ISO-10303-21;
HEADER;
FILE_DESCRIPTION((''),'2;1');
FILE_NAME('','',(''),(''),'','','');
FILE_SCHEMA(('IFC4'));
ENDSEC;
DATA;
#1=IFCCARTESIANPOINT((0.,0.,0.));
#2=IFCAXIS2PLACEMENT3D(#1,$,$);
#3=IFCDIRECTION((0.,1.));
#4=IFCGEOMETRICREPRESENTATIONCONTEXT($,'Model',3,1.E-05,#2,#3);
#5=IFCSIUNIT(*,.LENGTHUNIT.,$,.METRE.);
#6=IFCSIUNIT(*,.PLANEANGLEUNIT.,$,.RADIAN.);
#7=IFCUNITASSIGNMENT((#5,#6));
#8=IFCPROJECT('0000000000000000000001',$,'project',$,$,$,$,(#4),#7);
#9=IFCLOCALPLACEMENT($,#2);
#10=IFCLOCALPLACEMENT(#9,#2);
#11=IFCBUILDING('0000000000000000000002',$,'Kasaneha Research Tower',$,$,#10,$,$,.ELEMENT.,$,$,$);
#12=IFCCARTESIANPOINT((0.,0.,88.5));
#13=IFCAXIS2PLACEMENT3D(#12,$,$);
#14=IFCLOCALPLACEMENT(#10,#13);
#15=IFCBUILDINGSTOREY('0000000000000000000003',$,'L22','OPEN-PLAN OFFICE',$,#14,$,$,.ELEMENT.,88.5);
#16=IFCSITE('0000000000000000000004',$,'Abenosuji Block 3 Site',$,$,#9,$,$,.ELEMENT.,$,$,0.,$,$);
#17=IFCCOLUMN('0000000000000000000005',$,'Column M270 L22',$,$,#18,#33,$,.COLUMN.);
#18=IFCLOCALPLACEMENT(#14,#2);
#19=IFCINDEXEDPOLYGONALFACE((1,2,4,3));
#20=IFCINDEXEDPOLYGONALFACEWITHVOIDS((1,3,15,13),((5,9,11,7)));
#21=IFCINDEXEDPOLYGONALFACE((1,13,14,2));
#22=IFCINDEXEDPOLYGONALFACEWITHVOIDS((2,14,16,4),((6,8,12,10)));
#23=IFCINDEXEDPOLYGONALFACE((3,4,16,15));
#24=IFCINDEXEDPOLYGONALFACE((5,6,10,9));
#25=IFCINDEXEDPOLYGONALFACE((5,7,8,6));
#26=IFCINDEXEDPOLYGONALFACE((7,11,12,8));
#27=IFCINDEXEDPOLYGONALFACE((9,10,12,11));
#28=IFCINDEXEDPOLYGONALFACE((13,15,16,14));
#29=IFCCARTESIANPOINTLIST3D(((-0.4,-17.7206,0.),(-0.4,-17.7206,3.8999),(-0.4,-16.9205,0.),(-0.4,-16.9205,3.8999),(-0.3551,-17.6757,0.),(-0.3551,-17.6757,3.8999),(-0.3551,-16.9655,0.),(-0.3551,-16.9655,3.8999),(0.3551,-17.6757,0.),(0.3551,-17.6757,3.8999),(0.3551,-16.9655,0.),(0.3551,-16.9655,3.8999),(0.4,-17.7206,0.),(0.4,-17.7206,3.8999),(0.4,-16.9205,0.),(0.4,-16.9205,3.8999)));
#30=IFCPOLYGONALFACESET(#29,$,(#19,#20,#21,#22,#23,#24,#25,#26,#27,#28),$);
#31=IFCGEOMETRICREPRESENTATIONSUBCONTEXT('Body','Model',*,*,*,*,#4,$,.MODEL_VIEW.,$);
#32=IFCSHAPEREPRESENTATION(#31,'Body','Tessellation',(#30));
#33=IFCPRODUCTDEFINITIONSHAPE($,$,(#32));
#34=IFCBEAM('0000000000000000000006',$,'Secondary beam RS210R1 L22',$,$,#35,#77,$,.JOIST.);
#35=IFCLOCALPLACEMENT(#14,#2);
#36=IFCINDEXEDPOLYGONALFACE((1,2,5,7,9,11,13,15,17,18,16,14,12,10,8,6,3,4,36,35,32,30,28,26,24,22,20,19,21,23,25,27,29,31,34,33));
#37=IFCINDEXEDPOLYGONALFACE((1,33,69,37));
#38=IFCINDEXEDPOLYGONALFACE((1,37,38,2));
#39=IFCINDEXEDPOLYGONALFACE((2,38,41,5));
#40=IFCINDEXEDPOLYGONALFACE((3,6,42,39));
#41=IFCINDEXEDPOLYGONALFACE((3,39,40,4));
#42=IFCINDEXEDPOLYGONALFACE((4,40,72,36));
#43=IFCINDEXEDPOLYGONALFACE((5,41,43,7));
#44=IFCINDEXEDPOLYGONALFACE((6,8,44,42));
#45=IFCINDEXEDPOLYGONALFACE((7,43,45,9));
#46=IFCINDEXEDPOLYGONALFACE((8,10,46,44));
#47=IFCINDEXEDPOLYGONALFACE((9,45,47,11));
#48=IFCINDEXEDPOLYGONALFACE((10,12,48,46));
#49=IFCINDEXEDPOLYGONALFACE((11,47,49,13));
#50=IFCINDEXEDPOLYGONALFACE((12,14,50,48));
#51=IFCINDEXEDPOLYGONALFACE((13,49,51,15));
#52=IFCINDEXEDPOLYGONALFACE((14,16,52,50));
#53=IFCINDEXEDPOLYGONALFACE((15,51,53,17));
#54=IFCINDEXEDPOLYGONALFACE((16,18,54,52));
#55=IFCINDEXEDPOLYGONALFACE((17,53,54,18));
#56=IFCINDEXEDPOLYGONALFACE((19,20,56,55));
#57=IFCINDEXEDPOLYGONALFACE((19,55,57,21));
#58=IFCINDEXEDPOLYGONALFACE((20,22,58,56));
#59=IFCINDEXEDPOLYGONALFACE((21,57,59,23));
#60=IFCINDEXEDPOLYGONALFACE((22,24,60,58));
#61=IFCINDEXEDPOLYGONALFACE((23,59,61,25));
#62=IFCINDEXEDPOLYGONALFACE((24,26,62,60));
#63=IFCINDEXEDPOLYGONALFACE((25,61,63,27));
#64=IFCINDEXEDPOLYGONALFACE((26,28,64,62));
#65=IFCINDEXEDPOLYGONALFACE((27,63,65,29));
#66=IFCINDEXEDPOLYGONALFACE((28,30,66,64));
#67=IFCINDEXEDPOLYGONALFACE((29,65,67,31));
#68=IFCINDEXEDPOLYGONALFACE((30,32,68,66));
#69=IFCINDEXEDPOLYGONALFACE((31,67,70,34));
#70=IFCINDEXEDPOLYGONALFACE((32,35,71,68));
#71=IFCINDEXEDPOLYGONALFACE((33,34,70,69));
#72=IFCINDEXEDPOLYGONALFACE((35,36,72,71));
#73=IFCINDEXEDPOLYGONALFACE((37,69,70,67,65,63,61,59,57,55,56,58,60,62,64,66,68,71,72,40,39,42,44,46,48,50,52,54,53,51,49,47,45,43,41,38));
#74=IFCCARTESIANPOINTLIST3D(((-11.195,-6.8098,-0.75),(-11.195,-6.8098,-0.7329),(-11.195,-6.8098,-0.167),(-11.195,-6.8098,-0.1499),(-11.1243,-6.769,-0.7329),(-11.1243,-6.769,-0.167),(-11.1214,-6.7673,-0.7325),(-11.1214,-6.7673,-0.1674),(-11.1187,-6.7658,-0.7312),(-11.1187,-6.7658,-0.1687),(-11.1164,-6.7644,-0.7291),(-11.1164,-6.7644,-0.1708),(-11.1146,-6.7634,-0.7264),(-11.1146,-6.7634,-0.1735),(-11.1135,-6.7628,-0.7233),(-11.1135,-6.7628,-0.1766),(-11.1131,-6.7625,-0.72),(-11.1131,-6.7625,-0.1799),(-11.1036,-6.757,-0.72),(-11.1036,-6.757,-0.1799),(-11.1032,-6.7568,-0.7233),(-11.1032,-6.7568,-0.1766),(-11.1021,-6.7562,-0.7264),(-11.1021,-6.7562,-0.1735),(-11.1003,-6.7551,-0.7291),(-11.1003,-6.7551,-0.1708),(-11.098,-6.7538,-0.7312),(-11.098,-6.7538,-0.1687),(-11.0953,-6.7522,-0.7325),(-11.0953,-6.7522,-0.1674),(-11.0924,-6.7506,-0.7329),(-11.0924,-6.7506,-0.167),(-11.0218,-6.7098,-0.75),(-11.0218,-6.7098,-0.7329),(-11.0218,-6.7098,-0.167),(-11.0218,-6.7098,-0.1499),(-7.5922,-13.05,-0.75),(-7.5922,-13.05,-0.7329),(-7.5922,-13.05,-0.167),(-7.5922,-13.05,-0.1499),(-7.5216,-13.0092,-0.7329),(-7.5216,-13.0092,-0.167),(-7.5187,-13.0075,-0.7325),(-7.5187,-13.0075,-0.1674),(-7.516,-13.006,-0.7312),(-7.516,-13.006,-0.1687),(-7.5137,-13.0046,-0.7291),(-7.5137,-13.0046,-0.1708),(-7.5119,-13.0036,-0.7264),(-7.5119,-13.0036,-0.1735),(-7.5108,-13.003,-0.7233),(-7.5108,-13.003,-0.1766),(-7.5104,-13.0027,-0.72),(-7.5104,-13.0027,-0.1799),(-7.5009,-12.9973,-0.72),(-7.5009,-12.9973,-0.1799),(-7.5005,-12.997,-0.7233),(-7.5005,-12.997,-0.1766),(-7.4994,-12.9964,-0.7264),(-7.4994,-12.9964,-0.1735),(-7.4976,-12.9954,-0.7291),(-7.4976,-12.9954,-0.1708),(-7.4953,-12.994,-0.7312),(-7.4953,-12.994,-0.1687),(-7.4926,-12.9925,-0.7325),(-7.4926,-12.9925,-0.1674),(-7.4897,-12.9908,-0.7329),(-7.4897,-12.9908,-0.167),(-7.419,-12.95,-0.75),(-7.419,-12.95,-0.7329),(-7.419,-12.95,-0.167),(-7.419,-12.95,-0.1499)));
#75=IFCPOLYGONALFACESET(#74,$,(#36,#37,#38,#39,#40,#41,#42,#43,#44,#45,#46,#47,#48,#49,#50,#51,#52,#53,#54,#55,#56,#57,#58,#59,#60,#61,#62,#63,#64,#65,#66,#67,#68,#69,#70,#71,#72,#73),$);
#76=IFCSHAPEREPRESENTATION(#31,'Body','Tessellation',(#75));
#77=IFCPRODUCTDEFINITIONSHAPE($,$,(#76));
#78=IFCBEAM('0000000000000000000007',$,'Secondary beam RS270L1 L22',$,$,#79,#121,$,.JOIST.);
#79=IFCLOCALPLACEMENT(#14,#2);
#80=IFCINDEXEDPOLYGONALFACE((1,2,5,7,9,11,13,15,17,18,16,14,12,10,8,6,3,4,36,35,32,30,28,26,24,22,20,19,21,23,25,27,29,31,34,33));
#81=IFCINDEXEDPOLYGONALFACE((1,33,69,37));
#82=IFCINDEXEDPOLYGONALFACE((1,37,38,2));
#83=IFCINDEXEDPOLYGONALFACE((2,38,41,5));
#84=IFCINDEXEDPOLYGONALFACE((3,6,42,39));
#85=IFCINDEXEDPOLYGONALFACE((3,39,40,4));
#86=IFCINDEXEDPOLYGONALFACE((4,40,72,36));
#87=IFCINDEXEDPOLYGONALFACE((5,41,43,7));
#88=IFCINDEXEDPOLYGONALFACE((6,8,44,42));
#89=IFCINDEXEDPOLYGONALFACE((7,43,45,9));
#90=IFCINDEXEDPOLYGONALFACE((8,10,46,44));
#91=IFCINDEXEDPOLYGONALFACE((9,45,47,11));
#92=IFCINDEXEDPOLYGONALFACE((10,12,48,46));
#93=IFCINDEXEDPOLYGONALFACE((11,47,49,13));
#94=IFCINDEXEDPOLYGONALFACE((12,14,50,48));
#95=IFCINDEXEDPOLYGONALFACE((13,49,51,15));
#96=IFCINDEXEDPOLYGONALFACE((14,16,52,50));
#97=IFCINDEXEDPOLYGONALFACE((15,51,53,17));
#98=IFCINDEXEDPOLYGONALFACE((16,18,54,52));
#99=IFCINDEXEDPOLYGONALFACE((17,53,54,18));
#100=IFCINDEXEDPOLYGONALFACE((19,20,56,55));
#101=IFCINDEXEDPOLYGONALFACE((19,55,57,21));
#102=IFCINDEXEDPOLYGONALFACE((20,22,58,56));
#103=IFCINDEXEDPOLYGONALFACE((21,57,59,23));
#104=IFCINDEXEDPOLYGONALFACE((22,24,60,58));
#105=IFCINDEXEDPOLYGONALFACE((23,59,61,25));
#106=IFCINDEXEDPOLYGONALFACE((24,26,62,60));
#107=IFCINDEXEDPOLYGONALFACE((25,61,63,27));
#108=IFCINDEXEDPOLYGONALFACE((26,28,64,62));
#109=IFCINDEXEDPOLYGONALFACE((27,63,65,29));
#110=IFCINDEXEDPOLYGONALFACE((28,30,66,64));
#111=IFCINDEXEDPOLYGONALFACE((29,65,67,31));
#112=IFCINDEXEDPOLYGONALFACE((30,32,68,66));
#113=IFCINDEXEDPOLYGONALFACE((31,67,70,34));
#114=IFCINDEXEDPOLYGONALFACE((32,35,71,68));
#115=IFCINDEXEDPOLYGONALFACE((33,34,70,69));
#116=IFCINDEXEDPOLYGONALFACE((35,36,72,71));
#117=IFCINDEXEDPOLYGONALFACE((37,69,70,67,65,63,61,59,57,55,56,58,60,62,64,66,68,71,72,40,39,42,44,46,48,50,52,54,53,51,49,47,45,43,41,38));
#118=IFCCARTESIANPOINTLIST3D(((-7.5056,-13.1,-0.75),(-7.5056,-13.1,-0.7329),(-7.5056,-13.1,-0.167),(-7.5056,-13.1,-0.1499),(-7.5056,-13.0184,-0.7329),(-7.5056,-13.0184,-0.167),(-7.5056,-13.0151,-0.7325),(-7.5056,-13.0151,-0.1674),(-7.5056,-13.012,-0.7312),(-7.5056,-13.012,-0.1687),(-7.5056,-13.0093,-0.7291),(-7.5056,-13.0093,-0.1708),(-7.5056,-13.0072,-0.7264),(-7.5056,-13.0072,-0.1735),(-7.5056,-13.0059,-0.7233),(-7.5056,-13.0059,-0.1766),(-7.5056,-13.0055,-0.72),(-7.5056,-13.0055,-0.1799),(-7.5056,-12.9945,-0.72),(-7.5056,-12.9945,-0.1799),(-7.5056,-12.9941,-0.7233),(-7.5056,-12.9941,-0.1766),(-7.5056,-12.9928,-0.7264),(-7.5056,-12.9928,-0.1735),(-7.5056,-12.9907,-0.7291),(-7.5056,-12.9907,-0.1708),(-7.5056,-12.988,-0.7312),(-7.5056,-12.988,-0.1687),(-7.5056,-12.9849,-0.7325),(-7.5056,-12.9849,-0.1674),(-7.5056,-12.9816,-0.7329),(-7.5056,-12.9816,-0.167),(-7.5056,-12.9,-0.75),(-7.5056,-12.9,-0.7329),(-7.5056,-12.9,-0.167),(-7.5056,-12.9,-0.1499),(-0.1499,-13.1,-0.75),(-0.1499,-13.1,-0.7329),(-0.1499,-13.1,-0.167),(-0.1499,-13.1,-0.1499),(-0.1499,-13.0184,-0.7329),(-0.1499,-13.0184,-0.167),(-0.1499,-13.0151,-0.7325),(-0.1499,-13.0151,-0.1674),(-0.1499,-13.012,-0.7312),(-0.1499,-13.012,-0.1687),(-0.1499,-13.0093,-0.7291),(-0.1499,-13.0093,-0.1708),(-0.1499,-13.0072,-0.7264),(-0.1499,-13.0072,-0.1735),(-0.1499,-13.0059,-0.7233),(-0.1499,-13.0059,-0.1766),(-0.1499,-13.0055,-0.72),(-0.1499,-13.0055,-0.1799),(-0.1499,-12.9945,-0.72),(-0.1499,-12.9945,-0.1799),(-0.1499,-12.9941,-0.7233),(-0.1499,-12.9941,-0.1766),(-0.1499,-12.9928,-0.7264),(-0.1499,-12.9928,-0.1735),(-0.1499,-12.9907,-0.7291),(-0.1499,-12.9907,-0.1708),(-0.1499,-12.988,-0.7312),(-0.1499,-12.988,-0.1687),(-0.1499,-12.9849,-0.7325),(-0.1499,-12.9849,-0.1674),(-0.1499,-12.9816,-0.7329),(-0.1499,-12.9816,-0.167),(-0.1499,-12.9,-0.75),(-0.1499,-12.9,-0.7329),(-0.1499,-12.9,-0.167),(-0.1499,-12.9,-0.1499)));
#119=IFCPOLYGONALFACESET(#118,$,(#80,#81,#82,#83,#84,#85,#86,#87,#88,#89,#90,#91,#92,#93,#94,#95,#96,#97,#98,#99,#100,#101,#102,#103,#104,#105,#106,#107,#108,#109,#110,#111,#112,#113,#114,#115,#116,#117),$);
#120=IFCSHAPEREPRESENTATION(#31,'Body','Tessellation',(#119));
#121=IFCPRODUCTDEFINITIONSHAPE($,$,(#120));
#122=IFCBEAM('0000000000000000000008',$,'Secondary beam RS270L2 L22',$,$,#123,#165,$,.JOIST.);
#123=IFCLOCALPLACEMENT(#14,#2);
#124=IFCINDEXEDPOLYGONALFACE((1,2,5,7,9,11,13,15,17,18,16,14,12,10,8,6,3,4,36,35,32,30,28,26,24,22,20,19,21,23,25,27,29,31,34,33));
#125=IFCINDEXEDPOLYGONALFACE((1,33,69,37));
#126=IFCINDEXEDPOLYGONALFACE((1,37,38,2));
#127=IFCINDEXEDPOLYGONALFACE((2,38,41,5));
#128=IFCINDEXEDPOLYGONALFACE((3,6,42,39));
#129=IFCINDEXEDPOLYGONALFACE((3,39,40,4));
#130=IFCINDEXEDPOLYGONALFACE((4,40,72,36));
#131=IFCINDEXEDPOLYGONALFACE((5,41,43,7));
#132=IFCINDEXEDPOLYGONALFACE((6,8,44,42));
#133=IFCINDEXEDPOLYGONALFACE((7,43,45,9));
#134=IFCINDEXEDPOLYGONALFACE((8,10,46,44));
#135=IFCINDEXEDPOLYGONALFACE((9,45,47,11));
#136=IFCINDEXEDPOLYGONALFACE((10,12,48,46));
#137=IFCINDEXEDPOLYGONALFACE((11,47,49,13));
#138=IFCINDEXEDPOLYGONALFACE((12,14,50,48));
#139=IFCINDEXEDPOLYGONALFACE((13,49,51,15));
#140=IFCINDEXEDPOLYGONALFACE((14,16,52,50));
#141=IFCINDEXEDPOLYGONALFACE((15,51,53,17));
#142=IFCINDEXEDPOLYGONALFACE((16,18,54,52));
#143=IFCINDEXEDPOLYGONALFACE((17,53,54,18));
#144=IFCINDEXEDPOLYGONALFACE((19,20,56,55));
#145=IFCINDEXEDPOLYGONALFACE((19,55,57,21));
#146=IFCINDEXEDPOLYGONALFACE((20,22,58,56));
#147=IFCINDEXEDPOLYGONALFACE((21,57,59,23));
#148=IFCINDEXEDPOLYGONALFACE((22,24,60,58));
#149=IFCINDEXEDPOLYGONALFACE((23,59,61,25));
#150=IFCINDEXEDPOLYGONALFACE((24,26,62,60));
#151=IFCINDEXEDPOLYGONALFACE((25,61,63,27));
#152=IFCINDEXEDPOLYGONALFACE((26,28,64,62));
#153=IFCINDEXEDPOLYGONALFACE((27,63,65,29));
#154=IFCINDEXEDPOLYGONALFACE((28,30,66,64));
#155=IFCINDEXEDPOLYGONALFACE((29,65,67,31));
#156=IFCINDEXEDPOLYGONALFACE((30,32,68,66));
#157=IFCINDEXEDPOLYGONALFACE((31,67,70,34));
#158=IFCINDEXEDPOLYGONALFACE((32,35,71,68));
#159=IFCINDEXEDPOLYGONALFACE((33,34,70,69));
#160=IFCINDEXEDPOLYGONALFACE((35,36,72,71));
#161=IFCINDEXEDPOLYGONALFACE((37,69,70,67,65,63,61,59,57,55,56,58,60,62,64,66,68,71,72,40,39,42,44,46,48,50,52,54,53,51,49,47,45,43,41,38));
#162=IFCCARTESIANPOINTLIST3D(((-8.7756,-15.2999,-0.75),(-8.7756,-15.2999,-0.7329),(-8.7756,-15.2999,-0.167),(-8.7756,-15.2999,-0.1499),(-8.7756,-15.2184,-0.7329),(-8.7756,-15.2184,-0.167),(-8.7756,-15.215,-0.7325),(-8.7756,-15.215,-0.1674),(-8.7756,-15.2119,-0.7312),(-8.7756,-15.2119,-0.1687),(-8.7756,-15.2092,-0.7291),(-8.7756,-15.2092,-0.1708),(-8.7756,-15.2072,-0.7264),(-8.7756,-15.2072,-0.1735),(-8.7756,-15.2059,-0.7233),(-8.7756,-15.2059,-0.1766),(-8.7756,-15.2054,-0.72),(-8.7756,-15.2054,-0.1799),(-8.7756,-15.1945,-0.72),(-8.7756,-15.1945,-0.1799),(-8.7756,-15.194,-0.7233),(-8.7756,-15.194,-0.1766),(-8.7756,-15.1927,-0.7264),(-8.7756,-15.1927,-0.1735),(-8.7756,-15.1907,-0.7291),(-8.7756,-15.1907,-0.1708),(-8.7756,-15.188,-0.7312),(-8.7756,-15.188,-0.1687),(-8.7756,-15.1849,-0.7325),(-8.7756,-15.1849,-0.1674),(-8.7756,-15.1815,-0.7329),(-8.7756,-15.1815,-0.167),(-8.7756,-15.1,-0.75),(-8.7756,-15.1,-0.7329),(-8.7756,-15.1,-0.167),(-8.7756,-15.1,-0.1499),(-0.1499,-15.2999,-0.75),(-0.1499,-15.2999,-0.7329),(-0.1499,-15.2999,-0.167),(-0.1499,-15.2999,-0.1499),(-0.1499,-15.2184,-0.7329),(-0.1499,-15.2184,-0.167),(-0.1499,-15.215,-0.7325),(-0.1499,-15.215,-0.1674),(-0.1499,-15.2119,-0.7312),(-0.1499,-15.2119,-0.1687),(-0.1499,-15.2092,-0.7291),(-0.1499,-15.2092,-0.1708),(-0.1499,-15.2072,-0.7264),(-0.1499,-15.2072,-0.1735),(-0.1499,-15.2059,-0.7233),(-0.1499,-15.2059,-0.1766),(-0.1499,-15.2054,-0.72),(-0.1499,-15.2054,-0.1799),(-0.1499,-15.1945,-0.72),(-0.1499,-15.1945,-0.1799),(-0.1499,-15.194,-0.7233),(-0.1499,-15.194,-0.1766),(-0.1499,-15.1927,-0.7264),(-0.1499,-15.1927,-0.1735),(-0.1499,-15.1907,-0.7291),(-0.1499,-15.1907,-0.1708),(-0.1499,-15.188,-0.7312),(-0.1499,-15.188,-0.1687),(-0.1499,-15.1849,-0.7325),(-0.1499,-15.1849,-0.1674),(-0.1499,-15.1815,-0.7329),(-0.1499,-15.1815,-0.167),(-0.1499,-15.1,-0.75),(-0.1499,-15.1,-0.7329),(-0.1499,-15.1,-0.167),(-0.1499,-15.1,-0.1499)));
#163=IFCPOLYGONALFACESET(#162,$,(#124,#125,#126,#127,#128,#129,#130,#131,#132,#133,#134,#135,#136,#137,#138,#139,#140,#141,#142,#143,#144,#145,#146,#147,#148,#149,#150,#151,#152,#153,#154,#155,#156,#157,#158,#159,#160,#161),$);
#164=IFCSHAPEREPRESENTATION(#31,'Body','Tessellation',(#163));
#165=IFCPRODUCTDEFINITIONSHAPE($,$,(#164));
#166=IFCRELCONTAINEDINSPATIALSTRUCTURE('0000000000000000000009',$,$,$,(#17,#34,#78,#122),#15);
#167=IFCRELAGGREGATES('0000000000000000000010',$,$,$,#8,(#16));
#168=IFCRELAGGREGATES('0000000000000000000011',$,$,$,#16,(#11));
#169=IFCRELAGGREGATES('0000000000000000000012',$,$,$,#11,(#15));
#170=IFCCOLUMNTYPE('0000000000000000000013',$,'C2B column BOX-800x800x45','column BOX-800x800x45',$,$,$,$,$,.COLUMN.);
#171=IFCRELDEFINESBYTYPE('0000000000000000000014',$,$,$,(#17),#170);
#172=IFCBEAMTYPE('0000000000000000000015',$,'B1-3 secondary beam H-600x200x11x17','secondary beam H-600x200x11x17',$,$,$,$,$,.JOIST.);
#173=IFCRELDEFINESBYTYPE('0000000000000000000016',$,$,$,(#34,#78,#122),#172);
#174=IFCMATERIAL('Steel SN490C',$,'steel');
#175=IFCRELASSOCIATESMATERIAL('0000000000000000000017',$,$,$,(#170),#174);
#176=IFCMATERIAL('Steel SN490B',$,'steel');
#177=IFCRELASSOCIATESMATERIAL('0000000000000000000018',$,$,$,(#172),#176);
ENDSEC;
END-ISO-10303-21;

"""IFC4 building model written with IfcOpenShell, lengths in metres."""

from ifc_helpers import new_model, si_unit, direction, frame, origin, origin_2d, place, context, subcontext, project, spatial, hollow_rectangle, i_section, extrude, material, material_profile, profile_set, type_object, element, save


model = new_model("IFC4")

# Units and contexts
model_context = context("Model", 3, precision=1e-05, world=origin(), true_north=direction((0.0, 1.0)))
body_context = subcontext(model_context, "Body", "Model", "MODEL_VIEW")
ifc_project = project(units=[si_unit("LENGTHUNIT", "METRE"), si_unit("PLANEANGLEUNIT", "RADIAN")], contexts=[model_context])

# Site, building, storey
site_placement = place(None, origin())
site = spatial("IfcSite", under=ifc_project, at=site_placement, Name="Abenosuji Block 3 Site", CompositionType="ELEMENT", RefElevation=0.0)
building_placement = place(site_placement, origin())
building = spatial("IfcBuilding", under=site, at=building_placement, Name="Kasaneha Research Tower", CompositionType="ELEMENT")
storey_placement = place(building_placement, frame((0.0, 0.0, 88.5)))
storey = spatial("IfcBuildingStorey", under=building, at=storey_placement, Name="L22", Description="OPEN-PLAN OFFICE", CompositionType="ELEMENT", Elevation=88.5)

# Column
ifc_material_1 = material(Name="Steel SN490C", Category="steel")
ifc_material_profile_1 = material_profile(ifc_material_1, hollow_rectangle(XDim=0.8, YDim=0.8, WallThickness=0.0449, at=origin_2d()), Name="BOX-800x800x45")
ifc_profile_set_1 = profile_set([ifc_material_profile_1], Name="Steel SN490C")
column_type = type_object("IfcColumnType", Name="C2B column BOX-800x800x45", Description="column BOX-800x800x45", PredefinedType="COLUMN", material=ifc_profile_set_1)
column_placement = place(storey_placement, frame((0.0, -17.3206, 0.0), z_axis=(0.0, 0.0, 1.0), x_axis=(1.0, 0.0, 0.0)))
element("IfcColumn", 1, at=column_placement, inside=storey, type_object=column_type, Name="Column M270 L22", PredefinedType="COLUMN", context=body_context, shape_type="SweptSolid", body=[
    extrude(hollow_rectangle(XDim=0.8, YDim=0.8, WallThickness=0.0449, at=origin_2d()), origin(), (0.0, 0.0, 1.0), 3.8999),
])

# Beams
ifc_material_2 = material(Name="Steel SN490B", Category="steel")
ifc_material_profile_2 = material_profile(ifc_material_2, i_section(OverallWidth=0.2, OverallDepth=0.6001, WebThickness=0.011, FlangeThickness=0.0171, FilletRadius=0.0129, at=origin_2d()), Name="H-600x200x11x17")
ifc_profile_set_2 = profile_set([ifc_material_profile_2], Name="Steel SN490B")
beam_type_1 = type_object("IfcBeamType", Name="B1-3 secondary beam H-600x200x11x17", Description="secondary beam H-600x200x11x17", PredefinedType="JOIST", material=ifc_profile_set_2)
beam_1_placement = place(storey_placement, frame((-7.5056, -13.0, -0.45), z_axis=(-0.499998, 0.866026, 0.0), x_axis=(-0.866026, -0.499998, 0.0)))
element("IfcBeam", 2, at=beam_1_placement, inside=storey, type_object=beam_type_1, Name="Secondary beam RS210R1 L22", PredefinedType="JOIST", context=body_context, shape_type="SweptSolid", body=[
    extrude(i_section(OverallWidth=0.2, OverallDepth=0.6001, WebThickness=0.011, FlangeThickness=0.0171, FilletRadius=0.0129, at=origin_2d()), origin(), (0.0, 0.0, 1.0), 7.2056),
])
beam_2_placement = place(storey_placement, frame((-7.5056, -13.0, -0.45), z_axis=(1.0, 0.0, 0.0), x_axis=(0.0, 1.0, 0.0)))
element("IfcBeam", 3, at=beam_2_placement, inside=storey, type_object=beam_type_1, Name="Secondary beam RS270L1 L22", PredefinedType="JOIST", context=body_context, shape_type="SweptSolid", body=[
    extrude(i_section(OverallWidth=0.2, OverallDepth=0.6001, WebThickness=0.011, FlangeThickness=0.0171, FilletRadius=0.0129, at=origin_2d()), origin(), (0.0, 0.0, 1.0), 7.3557),
])
beam_3_placement = place(storey_placement, frame((-8.7756, -15.2, -0.45), z_axis=(1.0, 0.0, 0.0), x_axis=(0.0, 1.0, 0.0)))
element("IfcBeam", 4, at=beam_3_placement, inside=storey, type_object=beam_type_1, Name="Secondary beam RS270L2 L22", PredefinedType="JOIST", context=body_context, shape_type="SweptSolid", body=[
    extrude(i_section(OverallWidth=0.2, OverallDepth=0.6001, WebThickness=0.011, FlangeThickness=0.0171, FilletRadius=0.0129, at=origin_2d()), origin(), (0.0, 0.0, 1.0), 8.6257),
])

save(model, "model.ifc")
